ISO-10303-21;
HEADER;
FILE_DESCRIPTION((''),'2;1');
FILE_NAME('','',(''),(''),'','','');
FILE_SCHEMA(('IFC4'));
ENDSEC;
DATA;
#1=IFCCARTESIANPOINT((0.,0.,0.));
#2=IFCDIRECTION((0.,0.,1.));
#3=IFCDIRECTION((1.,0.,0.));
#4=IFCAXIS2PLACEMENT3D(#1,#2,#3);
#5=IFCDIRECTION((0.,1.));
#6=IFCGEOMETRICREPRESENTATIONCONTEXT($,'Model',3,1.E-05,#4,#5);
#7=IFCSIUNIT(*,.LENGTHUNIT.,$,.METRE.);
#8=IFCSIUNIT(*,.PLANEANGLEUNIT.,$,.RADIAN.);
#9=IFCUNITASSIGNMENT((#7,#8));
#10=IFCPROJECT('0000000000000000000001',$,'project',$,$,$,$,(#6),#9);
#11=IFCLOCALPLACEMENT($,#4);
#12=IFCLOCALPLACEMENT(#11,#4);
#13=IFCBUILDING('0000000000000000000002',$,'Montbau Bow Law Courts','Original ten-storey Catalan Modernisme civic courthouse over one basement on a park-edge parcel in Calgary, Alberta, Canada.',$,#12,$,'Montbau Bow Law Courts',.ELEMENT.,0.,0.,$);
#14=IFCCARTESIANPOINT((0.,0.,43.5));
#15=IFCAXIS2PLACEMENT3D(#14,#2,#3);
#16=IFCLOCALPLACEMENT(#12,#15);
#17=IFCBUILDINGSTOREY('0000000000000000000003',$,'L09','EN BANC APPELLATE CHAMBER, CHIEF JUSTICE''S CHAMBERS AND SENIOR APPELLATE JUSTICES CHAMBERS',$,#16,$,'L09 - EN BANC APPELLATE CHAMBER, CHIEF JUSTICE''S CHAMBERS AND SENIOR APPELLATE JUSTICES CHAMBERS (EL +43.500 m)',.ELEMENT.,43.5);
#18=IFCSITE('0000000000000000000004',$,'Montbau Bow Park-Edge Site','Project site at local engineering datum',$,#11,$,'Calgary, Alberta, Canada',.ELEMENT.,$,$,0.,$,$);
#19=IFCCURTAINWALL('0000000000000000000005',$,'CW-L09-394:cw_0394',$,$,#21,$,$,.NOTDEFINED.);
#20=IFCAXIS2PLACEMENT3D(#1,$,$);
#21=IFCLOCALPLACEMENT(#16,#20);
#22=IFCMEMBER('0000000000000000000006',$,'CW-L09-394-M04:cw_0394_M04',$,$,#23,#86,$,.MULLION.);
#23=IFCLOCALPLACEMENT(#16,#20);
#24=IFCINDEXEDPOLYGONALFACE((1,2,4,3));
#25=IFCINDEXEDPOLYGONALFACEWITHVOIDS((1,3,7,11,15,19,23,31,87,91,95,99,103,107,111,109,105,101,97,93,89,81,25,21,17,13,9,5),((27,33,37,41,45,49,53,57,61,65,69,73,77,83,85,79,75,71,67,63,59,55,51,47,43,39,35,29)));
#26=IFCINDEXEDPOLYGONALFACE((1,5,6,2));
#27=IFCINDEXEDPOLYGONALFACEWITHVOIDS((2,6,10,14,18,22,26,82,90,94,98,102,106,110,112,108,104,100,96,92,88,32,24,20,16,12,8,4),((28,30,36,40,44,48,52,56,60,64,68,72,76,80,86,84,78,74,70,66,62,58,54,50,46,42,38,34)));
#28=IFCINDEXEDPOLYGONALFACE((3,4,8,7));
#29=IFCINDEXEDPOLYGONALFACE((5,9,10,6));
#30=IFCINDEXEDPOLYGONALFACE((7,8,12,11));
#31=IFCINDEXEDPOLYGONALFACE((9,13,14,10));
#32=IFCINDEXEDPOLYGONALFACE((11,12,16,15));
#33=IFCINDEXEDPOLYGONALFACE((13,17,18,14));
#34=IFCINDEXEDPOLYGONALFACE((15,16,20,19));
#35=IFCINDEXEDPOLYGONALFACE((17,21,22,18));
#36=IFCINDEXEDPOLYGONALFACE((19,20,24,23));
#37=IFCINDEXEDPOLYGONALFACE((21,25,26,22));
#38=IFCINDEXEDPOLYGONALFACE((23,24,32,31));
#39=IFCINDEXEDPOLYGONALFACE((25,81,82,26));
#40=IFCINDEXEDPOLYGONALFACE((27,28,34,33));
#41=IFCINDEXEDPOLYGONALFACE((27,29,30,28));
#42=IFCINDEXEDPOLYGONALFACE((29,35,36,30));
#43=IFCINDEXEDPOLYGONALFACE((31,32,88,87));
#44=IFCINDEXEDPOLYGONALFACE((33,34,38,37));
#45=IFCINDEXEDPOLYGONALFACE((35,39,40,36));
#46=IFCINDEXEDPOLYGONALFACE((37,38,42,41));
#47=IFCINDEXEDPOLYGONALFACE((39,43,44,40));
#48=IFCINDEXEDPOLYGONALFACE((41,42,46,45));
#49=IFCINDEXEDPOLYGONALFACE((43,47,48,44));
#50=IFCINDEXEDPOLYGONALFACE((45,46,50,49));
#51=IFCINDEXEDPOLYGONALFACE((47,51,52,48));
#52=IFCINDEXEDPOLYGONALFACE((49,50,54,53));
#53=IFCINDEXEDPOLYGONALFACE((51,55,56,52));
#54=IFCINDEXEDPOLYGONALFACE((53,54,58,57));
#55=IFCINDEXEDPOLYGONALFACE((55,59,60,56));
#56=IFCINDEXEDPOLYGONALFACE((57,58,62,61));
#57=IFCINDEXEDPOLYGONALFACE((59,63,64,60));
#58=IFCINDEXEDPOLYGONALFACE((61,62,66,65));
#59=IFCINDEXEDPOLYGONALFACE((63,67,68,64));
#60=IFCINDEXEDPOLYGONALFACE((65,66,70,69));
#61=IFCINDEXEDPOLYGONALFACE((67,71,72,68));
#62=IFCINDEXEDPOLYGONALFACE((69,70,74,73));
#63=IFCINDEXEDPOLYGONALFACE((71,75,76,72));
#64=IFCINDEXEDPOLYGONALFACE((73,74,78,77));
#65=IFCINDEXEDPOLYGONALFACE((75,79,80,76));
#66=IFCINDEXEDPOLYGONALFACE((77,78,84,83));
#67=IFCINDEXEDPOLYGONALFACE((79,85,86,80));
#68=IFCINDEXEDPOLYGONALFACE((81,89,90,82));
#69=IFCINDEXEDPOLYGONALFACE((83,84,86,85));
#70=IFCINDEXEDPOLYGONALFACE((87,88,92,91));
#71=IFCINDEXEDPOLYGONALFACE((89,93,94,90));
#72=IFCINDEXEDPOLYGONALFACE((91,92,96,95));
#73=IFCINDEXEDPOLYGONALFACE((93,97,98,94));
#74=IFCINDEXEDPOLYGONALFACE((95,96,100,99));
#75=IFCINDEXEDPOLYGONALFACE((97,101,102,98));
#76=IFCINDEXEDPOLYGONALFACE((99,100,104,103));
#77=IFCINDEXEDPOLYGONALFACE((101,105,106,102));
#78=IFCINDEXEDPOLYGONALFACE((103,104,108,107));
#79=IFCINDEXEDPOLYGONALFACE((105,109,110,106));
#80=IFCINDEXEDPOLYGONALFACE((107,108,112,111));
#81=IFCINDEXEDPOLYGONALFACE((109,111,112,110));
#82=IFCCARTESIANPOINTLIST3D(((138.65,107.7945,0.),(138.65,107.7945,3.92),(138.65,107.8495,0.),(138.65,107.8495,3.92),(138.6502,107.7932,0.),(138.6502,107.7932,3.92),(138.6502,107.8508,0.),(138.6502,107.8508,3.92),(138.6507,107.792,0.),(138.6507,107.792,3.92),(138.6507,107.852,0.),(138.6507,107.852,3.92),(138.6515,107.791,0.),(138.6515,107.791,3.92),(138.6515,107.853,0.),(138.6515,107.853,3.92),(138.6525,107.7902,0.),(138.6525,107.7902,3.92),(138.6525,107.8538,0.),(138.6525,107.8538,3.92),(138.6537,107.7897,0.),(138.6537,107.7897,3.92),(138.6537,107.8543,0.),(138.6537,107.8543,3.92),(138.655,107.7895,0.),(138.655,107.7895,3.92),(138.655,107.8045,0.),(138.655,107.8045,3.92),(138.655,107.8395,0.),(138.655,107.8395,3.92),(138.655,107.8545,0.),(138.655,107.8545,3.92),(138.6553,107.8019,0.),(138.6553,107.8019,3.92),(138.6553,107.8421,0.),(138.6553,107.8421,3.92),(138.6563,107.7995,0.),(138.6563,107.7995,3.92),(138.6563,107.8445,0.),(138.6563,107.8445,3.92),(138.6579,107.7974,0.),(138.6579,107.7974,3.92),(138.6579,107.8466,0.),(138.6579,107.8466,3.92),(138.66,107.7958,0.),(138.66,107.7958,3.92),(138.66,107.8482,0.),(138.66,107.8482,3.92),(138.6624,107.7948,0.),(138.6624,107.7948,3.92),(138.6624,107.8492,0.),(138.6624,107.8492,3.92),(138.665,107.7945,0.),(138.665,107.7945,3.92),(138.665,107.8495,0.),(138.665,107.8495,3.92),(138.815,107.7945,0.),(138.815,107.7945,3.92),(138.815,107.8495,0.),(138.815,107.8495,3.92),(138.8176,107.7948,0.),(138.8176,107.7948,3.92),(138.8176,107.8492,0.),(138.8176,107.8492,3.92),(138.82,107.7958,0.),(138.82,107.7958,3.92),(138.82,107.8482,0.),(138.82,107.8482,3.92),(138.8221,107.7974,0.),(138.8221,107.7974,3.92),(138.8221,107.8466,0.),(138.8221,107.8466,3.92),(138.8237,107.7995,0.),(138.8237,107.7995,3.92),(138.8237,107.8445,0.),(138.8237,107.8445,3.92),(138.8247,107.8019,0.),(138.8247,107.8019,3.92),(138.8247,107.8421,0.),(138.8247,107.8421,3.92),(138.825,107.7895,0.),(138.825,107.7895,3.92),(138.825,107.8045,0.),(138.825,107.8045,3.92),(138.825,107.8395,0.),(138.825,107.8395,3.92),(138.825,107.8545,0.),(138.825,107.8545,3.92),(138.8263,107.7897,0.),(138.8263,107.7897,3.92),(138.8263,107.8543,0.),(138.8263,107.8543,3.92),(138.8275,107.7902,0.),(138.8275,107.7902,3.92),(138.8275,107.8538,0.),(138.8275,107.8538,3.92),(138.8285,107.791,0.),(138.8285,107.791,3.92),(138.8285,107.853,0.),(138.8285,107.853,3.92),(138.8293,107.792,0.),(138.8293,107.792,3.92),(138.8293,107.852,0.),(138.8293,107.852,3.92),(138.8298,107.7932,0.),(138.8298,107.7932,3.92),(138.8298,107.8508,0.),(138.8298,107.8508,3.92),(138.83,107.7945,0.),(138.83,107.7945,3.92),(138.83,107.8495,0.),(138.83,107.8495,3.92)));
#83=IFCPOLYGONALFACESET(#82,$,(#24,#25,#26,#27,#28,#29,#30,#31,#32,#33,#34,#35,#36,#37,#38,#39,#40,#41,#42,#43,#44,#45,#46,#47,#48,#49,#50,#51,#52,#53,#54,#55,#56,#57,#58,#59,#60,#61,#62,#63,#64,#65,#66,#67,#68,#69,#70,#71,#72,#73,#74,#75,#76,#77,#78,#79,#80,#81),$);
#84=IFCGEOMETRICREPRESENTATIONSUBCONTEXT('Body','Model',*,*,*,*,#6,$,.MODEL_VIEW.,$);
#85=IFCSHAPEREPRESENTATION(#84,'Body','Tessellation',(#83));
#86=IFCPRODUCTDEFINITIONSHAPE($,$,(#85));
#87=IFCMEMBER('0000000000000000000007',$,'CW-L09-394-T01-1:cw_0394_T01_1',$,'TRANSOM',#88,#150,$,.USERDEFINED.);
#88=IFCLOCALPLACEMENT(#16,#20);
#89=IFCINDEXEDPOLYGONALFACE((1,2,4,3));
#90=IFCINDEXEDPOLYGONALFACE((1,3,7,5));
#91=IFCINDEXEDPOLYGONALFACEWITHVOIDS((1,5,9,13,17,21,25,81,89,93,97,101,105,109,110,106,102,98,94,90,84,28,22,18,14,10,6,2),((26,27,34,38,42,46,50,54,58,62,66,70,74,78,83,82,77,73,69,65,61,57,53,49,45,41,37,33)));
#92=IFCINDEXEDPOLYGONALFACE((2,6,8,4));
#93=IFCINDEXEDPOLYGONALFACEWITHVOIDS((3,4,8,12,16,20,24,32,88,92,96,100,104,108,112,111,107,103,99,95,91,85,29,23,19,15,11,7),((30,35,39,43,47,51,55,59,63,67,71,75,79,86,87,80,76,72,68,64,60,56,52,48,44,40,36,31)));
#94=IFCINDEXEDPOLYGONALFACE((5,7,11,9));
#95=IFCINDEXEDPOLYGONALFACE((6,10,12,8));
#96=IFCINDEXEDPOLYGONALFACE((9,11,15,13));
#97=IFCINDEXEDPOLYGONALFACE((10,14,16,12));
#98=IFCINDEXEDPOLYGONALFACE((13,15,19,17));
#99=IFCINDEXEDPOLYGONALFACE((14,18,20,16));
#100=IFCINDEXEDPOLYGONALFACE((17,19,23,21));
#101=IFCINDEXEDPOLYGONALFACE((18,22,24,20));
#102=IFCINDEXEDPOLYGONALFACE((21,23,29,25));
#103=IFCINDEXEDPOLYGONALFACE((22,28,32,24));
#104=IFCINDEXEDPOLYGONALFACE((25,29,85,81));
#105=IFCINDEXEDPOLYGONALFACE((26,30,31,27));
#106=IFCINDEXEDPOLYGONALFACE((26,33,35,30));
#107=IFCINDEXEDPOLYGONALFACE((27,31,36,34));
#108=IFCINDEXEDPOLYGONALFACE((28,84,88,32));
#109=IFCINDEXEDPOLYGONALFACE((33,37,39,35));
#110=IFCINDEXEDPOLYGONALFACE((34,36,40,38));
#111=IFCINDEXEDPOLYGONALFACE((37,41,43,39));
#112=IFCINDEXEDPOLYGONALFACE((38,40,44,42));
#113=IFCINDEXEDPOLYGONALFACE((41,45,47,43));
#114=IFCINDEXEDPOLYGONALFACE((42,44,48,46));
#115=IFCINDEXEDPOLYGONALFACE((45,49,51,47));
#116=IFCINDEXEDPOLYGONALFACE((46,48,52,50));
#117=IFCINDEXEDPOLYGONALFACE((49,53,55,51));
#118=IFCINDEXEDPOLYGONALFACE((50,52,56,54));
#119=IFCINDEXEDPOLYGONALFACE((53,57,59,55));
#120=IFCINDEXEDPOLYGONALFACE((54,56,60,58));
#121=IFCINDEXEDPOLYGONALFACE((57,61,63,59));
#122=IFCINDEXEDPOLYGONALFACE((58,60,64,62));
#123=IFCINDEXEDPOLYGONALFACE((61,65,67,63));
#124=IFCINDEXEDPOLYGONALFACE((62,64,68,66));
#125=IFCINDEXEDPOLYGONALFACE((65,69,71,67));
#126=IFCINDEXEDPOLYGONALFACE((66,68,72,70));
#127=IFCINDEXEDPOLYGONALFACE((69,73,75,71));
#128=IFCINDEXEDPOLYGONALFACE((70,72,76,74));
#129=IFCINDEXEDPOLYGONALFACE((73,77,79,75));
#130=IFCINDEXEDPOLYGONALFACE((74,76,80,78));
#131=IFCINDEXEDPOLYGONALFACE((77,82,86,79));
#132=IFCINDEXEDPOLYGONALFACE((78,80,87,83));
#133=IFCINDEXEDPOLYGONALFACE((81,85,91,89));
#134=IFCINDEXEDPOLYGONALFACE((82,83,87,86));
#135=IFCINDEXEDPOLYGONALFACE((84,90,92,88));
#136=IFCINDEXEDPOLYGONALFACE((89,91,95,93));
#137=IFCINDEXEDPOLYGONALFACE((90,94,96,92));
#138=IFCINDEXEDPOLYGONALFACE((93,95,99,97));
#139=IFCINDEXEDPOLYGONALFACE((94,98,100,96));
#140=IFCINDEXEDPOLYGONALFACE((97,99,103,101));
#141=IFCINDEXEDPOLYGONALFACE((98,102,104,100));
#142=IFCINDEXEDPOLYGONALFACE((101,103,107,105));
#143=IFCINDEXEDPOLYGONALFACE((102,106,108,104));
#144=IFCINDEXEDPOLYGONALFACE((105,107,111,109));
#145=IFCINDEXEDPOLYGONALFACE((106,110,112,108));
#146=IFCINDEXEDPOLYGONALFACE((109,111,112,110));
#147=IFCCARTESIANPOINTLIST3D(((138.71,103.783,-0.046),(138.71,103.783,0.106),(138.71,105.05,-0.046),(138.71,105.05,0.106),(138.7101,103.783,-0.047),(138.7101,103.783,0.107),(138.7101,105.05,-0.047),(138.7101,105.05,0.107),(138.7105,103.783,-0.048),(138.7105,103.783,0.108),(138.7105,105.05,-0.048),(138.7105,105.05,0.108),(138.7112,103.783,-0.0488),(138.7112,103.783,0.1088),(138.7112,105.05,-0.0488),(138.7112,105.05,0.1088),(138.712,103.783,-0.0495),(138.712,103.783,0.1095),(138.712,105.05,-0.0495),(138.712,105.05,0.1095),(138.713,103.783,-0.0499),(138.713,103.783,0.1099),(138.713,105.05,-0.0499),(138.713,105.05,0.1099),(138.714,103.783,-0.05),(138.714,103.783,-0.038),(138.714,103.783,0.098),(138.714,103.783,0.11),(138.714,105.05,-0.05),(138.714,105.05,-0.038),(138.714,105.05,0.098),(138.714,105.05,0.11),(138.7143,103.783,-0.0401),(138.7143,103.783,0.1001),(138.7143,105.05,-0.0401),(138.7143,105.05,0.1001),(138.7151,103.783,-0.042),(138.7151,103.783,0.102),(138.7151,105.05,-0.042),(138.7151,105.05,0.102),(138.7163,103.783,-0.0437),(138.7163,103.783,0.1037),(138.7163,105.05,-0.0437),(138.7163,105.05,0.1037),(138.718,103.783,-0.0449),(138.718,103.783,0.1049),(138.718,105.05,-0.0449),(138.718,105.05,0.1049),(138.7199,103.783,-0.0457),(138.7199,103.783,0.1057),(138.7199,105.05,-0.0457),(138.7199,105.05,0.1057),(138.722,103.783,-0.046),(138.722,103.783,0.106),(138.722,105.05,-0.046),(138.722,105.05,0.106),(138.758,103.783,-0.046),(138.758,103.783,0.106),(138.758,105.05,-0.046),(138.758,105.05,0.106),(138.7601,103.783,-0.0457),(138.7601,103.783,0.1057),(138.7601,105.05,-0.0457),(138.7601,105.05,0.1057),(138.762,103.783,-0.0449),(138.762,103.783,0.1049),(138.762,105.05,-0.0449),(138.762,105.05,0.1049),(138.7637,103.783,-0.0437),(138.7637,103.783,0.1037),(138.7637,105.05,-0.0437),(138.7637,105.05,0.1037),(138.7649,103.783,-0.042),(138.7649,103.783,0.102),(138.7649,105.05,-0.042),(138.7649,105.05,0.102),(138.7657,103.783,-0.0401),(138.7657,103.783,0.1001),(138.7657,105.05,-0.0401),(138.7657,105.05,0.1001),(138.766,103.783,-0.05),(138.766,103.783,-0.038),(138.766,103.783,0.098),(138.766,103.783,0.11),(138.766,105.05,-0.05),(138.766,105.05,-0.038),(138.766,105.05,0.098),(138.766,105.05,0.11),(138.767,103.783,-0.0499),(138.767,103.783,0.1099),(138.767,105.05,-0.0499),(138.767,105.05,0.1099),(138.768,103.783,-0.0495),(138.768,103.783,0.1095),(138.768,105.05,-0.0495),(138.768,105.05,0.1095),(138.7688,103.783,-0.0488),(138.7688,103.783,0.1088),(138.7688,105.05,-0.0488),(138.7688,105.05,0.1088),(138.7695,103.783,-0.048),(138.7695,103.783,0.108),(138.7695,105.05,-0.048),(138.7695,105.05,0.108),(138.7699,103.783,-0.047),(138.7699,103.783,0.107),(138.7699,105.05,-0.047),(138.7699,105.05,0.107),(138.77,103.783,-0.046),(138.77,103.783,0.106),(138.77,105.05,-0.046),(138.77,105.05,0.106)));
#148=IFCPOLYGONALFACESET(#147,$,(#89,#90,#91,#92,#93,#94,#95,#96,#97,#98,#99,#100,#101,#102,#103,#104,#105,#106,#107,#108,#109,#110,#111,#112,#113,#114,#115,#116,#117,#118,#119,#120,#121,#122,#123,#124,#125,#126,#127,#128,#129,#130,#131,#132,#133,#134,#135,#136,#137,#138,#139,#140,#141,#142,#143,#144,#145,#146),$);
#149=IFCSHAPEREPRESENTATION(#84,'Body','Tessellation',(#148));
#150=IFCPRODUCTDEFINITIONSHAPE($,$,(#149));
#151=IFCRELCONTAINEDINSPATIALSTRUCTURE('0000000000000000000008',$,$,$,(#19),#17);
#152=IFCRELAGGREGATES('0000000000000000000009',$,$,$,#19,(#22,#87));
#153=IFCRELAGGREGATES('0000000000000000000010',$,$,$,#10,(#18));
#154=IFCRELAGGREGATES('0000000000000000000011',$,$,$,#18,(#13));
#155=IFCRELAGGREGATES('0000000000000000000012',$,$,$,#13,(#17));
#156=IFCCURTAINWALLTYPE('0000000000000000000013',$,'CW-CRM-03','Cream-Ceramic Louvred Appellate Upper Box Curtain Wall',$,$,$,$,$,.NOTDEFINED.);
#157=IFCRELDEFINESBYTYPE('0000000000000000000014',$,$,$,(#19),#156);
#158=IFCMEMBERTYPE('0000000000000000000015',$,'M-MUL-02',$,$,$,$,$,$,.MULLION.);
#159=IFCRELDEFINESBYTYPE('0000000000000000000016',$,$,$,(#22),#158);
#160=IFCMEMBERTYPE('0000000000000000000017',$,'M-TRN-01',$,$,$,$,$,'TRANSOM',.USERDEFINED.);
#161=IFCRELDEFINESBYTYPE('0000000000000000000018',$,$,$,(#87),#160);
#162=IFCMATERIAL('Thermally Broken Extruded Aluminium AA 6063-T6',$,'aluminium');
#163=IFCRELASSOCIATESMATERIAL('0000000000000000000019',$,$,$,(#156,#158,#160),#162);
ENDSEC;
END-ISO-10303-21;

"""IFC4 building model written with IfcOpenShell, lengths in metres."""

from ifc_helpers import new_model, si_unit, direction, frame, origin_with_axes, origin_2d_with_axis, place, context, subcontext, project, spatial, hollow_rectangle, extrude, material, material_profile, profile_set, type_object, element, aggregate, save


model = new_model("IFC4")

# Units and contexts
model_context = context("Model", 3, precision=1e-05, world=origin_with_axes(), true_north=direction((0.0, 1.0)))
body_context = subcontext(model_context, "Body", "Model", "MODEL_VIEW")
ifc_project = project(units=[si_unit("LENGTHUNIT", "METRE"), si_unit("PLANEANGLEUNIT", "RADIAN")], contexts=[model_context])

# Site, building, storey
site_placement = place(None, origin_with_axes())
site = spatial("IfcSite", under=ifc_project, at=site_placement, Name="Montbau Bow Park-Edge Site", Description="Project site at local engineering datum", LongName="Calgary, Alberta, Canada", CompositionType="ELEMENT", RefElevation=0.0)
building_placement = place(site_placement, origin_with_axes())
building = spatial("IfcBuilding", under=site, at=building_placement, Name="Montbau Bow Law Courts", Description="Original ten-storey Catalan Modernisme civic courthouse over one basement on a park-edge parcel in Calgary, Alberta, Canada.", LongName="Montbau Bow Law Courts", CompositionType="ELEMENT", ElevationOfRefHeight=0.0, ElevationOfTerrain=0.0)
storey_placement = place(building_placement, frame((0.0, 0.0, 43.5), z_axis=(0.0, 0.0, 1.0), x_axis=(1.0, 0.0, 0.0)))
storey = spatial("IfcBuildingStorey", under=building, at=storey_placement, Name="L09", Description="EN BANC APPELLATE CHAMBER, CHIEF JUSTICE'S CHAMBERS AND SENIOR APPELLATE JUSTICES CHAMBERS", LongName="L09 - EN BANC APPELLATE CHAMBER, CHIEF JUSTICE'S CHAMBERS AND SENIOR APPELLATE JUSTICES CHAMBERS (EL +43.500 m)", CompositionType="ELEMENT", Elevation=43.5)

# Shared definitions
ifc_material_1 = material(Name="Thermally Broken Extruded Aluminium AA 6063-T6", Category="aluminium")
curtain_wall_type = type_object("IfcCurtainWallType", Name="CW-CRM-03", Description="Cream-Ceramic Louvred Appellate Upper Box Curtain Wall", PredefinedType="NOTDEFINED", material=ifc_material_1)

# Curtain wall, members
curtain_wall_1_placement = place(None, frame((138.74, 103.715, 43.5), z_axis=(0.0, 0.0, 1.0), x_axis=(1.0, 0.0, 0.0)))
curtain_wall_1 = element("IfcCurtainWall", 1, at=curtain_wall_1_placement, inside=storey, type_object=curtain_wall_type, Name="CW-L09-394:cw_0394", PredefinedType="NOTDEFINED")
ifc_material_profile_1 = material_profile(ifc_material_1, hollow_rectangle(XDim=0.065, YDim=0.18, WallThickness=0.005, InnerFilletRadius=0.01, OuterFilletRadius=0.005, at=origin_2d_with_axis()), Name="CWM-180X65", Category="Main", Priority=0)
ifc_profile_set_1 = profile_set([ifc_material_profile_1], Name="Thermally Broken Extruded Aluminium AA 6063-T6")
member_type_1 = type_object("IfcMemberType", Name="M-MUL-02", PredefinedType="MULLION", material=ifc_profile_set_1)
member_1_placement = place(None, frame((138.74, 107.822, 43.5), z_axis=(0.0, 0.0, 1.0), x_axis=(0.0, 1.0, 0.0)))
member_1 = element("IfcMember", 2, at=member_1_placement, type_object=member_type_1, Name="CW-L09-394-M04:cw_0394_M04", PredefinedType="MULLION", context=body_context, shape_type="SweptSolid", body=[
    extrude(hollow_rectangle(XDim=0.065, YDim=0.18, WallThickness=0.005, InnerFilletRadius=0.01, OuterFilletRadius=0.005, at=origin_2d_with_axis()), origin_with_axes(), (0.0, 0.0, 1.0), 3.92),
])
ifc_material_profile_2 = material_profile(ifc_material_1, hollow_rectangle(XDim=0.06, YDim=0.16, WallThickness=0.004, InnerFilletRadius=0.008, OuterFilletRadius=0.004, at=origin_2d_with_axis()), Name="CWT-160X60", Category="Main", Priority=0)
ifc_profile_set_2 = profile_set([ifc_material_profile_2], Name="Thermally Broken Extruded Aluminium AA 6063-T6")
member_type_2 = type_object("IfcMemberType", Name="M-TRN-01", ElementType="TRANSOM", PredefinedType="USERDEFINED", material=ifc_profile_set_2)
member_2_placement = place(None, frame((138.74, 103.783, 43.53), z_axis=(0.0, 1.0, 0.0), x_axis=(-1.0, 0.0, 0.0)))
member_2 = element("IfcMember", 3, at=member_2_placement, type_object=member_type_2, Name="CW-L09-394-T01-1:cw_0394_T01_1", ObjectType="TRANSOM", PredefinedType="USERDEFINED", context=body_context, shape_type="SweptSolid", body=[
    extrude(hollow_rectangle(XDim=0.06, YDim=0.16, WallThickness=0.004, InnerFilletRadius=0.008, OuterFilletRadius=0.004, at=origin_2d_with_axis()), origin_with_axes(), (0.0, 0.0, 1.0), 1.267),
])

aggregate(curtain_wall_1, [member_1, member_2])

save(model, "model.ifc")
